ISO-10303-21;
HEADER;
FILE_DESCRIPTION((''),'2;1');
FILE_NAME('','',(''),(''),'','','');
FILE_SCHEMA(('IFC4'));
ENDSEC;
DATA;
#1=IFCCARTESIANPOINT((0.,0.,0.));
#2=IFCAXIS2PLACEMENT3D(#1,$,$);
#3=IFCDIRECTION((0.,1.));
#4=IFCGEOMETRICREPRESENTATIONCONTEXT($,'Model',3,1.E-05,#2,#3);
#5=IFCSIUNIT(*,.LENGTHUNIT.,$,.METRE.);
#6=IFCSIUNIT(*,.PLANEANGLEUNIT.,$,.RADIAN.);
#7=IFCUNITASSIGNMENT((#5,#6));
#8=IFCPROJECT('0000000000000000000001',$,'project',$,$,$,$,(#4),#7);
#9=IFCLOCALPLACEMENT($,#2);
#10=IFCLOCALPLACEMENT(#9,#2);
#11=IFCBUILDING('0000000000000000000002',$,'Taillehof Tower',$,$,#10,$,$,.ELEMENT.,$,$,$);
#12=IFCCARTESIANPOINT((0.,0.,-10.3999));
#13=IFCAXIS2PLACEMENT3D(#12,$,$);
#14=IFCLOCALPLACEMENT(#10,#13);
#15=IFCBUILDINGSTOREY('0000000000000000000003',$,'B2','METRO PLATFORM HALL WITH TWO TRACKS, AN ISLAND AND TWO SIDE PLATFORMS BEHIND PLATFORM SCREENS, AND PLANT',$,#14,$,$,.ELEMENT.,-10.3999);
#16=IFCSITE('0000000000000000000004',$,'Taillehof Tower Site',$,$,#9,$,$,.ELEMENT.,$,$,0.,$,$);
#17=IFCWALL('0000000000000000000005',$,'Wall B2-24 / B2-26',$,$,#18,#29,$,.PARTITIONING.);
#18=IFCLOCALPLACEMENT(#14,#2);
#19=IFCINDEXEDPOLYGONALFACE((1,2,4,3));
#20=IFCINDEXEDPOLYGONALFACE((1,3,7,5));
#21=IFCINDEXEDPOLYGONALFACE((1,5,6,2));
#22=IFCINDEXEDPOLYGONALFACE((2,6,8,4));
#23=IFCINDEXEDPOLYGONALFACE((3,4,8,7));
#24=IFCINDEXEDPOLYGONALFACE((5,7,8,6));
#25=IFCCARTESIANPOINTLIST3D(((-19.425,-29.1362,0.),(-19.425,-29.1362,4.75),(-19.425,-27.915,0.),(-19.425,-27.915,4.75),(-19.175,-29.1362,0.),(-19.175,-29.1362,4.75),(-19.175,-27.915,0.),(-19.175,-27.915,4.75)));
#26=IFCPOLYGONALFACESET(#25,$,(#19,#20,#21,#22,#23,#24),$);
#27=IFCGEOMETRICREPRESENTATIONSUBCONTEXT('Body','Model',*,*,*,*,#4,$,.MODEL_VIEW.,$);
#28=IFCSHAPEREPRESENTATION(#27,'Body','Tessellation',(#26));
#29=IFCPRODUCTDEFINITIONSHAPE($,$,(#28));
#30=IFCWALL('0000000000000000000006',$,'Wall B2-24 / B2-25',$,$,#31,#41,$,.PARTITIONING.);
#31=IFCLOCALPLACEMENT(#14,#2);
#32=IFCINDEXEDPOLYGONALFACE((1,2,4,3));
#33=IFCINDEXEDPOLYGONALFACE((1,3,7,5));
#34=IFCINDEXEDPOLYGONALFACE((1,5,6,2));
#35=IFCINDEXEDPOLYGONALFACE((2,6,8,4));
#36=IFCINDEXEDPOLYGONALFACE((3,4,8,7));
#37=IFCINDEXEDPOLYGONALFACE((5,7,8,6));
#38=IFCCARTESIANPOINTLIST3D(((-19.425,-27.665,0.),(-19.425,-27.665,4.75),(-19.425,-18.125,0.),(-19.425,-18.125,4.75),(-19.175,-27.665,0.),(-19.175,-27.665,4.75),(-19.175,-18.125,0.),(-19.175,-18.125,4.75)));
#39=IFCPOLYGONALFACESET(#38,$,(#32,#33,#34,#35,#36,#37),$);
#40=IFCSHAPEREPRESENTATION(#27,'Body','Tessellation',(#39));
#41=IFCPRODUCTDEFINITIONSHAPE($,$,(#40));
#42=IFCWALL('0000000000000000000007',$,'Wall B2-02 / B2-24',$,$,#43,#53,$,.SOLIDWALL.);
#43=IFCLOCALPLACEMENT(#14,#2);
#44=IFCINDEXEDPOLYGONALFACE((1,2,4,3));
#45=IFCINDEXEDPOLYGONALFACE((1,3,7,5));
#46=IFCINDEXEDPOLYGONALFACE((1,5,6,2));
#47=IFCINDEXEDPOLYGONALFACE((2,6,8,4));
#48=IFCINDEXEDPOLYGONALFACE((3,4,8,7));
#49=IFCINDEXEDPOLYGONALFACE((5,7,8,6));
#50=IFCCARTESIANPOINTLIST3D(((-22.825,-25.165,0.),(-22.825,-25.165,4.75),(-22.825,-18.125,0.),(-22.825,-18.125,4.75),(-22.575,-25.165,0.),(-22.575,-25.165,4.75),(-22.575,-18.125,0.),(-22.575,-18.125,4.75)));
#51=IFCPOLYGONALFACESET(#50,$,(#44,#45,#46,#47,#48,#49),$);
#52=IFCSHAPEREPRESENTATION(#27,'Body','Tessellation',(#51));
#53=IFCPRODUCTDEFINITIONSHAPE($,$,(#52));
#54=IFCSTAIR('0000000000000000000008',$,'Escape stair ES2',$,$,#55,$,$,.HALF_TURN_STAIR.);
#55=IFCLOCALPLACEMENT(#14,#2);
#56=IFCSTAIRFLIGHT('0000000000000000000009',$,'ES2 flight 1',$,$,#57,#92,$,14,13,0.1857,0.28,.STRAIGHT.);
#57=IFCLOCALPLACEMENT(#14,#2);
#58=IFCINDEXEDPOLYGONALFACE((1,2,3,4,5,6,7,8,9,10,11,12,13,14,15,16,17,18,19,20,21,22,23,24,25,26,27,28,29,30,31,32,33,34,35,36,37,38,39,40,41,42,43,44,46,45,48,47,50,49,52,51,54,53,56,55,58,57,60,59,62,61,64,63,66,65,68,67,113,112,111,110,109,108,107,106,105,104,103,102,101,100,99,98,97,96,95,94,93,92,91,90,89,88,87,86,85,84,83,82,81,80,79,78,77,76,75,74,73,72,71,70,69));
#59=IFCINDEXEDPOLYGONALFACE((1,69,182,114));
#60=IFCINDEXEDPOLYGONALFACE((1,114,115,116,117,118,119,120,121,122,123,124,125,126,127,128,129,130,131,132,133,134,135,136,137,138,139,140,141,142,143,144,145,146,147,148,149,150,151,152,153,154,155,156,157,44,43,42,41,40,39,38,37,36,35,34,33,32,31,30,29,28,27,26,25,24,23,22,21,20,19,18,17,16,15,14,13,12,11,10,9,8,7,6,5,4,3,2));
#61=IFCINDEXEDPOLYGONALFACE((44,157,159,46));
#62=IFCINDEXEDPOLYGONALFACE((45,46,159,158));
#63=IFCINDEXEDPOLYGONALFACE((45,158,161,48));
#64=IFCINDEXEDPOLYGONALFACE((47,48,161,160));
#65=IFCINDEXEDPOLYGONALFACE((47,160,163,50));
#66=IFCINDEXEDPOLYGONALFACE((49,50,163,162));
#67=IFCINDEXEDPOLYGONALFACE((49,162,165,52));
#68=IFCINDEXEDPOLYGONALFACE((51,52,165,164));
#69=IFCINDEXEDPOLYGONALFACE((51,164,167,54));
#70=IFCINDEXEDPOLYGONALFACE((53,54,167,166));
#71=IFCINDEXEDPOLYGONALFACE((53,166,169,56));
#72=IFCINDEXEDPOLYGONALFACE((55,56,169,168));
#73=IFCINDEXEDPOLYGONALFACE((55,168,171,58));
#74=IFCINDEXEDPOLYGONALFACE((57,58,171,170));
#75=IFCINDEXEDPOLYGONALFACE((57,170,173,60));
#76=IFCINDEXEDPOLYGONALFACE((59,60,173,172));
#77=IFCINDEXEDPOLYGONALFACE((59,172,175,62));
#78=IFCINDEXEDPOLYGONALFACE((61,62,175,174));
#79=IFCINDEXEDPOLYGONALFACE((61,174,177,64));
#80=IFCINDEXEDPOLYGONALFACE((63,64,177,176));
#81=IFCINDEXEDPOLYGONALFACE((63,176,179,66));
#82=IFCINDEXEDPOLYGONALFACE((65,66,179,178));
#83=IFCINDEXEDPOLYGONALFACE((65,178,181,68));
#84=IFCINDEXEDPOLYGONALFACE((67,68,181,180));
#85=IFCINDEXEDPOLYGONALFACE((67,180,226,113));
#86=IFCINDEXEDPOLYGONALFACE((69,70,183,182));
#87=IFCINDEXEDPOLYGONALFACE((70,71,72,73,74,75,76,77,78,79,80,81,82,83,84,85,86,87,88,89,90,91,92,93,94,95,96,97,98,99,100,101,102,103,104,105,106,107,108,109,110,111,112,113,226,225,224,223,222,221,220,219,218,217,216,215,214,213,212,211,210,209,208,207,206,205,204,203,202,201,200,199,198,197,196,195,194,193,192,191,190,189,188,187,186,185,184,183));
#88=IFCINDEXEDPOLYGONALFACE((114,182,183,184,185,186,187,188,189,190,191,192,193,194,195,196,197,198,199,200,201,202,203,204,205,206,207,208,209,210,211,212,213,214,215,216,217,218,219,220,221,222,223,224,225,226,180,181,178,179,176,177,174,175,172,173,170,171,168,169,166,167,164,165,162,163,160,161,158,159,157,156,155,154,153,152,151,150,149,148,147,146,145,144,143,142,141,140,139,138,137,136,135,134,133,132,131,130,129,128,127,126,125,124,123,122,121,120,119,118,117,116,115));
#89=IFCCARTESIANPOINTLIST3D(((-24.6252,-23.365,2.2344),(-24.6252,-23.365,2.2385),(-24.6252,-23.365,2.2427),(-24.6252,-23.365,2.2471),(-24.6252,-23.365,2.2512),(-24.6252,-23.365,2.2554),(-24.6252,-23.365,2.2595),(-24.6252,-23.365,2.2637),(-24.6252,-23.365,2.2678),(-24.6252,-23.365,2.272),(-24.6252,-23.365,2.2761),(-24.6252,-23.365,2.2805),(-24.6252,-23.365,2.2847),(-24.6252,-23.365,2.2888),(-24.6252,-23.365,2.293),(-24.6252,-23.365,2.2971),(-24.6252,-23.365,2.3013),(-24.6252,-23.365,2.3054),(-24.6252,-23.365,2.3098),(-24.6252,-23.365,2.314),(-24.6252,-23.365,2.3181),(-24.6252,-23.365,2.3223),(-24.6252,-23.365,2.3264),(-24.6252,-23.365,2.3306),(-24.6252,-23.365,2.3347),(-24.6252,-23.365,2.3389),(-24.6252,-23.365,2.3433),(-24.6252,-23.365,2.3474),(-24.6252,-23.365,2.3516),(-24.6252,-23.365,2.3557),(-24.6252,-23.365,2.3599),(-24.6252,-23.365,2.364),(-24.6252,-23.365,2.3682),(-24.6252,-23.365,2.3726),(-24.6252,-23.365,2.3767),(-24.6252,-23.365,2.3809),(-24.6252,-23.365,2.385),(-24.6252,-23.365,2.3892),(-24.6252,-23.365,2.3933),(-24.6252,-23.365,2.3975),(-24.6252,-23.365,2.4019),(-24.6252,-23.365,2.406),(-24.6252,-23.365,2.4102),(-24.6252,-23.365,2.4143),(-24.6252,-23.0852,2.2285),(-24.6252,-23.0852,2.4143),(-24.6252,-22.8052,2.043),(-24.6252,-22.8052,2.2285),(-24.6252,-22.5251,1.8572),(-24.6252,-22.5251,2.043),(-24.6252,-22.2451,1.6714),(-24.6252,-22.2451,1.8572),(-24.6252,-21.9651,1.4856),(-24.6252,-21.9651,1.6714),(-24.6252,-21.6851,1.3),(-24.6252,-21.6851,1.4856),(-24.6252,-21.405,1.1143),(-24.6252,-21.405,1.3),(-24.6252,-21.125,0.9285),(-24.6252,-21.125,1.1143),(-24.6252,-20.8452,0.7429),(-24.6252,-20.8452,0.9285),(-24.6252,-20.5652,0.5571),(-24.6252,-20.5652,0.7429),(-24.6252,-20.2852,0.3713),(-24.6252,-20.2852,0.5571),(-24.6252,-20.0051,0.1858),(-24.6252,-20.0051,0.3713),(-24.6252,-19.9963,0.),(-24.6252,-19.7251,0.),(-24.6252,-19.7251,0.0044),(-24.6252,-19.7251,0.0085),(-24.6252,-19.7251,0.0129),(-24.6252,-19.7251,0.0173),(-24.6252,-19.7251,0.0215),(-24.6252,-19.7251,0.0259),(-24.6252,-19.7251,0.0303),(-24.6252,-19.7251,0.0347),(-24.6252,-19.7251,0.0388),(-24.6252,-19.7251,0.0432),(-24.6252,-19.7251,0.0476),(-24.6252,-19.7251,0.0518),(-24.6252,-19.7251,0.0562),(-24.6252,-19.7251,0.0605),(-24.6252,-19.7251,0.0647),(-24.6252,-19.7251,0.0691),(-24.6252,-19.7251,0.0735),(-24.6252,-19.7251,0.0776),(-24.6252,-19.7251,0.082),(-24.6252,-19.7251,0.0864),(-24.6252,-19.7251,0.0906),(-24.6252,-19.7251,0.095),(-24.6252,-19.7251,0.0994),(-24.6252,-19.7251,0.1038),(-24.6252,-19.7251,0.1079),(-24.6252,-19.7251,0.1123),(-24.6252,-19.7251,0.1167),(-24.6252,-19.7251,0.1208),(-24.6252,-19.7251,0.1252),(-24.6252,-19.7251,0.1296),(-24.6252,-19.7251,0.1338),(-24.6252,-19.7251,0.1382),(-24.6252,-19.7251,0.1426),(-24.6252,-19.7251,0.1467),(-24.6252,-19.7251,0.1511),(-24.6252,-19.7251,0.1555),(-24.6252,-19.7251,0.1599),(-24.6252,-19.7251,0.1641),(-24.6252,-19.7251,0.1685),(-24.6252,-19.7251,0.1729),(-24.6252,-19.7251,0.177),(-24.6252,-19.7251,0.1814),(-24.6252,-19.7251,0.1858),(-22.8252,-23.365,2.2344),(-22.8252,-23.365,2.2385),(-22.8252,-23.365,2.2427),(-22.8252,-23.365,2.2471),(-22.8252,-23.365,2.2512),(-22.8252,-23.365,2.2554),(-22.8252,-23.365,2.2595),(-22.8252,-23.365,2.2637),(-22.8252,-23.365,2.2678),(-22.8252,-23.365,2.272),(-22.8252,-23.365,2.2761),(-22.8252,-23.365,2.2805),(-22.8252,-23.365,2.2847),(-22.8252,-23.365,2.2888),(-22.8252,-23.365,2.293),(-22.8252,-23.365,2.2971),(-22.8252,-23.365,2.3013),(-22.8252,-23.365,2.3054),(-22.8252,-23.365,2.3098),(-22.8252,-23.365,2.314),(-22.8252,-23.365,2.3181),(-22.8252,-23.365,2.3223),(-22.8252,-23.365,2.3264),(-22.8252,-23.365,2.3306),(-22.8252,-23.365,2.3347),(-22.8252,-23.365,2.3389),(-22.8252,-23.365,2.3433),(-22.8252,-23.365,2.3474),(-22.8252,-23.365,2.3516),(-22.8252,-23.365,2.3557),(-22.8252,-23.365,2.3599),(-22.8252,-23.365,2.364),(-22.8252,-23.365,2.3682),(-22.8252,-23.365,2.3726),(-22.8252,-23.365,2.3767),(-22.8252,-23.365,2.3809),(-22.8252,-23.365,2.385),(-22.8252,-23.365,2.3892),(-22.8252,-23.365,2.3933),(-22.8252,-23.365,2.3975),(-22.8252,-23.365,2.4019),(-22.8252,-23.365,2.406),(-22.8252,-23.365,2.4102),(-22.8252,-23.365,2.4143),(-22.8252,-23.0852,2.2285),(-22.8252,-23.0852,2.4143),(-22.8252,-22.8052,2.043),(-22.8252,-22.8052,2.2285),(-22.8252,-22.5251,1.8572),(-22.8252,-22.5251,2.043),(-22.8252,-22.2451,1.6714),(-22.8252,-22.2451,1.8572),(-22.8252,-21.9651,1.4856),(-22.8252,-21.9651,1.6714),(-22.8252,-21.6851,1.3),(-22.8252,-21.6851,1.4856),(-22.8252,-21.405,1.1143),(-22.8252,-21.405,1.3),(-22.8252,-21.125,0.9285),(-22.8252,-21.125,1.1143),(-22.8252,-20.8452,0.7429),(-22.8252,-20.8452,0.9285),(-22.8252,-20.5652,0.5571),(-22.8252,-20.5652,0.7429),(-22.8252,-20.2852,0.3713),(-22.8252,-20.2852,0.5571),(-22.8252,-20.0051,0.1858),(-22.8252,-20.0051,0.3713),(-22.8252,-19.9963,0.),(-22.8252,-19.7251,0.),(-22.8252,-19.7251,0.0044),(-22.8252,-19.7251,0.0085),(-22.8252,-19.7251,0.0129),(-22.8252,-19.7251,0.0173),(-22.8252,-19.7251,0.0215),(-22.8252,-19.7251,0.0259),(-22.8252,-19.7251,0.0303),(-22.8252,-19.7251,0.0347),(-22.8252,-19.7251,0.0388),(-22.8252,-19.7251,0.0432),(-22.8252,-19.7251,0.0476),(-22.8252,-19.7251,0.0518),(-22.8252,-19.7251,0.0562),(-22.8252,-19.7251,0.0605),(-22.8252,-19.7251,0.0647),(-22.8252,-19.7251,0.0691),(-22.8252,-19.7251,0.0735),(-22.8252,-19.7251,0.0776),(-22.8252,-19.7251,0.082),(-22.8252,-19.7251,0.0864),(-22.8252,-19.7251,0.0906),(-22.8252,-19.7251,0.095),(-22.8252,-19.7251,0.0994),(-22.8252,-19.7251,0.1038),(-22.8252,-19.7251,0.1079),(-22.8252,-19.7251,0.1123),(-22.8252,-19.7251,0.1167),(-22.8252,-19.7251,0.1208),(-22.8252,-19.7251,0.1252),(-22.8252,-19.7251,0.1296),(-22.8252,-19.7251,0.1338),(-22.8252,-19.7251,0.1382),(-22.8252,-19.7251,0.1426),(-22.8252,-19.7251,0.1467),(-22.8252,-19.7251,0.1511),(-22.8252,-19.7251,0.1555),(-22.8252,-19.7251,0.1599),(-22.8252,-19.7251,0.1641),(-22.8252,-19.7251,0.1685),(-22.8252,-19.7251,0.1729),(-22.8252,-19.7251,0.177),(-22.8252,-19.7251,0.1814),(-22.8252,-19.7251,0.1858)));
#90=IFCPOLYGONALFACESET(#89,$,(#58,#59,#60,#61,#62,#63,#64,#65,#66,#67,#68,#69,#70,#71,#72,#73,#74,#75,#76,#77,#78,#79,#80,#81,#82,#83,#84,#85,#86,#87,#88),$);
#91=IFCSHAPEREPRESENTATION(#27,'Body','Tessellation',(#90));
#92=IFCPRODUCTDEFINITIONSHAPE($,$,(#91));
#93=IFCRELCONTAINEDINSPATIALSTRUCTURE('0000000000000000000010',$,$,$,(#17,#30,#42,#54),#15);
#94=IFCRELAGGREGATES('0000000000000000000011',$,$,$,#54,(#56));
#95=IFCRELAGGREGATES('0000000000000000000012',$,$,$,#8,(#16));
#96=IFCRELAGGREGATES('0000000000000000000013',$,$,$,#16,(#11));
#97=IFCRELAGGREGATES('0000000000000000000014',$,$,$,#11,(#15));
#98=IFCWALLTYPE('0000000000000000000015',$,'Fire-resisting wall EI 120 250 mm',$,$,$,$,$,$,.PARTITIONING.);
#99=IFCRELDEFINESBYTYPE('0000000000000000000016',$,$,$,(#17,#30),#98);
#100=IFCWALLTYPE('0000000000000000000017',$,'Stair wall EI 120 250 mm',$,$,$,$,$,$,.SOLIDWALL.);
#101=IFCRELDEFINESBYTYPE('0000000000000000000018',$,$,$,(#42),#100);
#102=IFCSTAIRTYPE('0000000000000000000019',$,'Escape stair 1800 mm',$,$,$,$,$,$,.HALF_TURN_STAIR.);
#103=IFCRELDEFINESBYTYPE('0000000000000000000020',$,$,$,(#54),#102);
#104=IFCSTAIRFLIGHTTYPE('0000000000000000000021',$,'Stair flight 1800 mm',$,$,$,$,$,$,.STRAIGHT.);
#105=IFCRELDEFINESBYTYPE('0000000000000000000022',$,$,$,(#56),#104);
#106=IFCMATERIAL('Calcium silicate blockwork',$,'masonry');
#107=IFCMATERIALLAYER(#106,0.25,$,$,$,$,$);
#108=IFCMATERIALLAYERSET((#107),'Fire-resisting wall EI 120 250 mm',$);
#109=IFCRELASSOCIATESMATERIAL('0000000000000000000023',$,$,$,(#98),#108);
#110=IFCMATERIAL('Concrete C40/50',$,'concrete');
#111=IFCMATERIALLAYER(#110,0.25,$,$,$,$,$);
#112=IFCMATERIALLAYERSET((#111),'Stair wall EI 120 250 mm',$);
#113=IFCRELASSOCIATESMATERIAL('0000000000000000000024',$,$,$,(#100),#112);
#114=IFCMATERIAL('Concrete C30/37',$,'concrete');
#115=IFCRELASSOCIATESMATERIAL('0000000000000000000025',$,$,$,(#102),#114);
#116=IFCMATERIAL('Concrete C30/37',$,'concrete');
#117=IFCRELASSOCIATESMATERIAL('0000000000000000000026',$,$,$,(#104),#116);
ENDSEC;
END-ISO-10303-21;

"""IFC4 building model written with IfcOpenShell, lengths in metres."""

from ifc_helpers import new_model, si_unit, direction, frame, frame_2d, origin, place, context, subcontext, project, spatial, polyline, rectangle, outline, extrude, material, layer, layer_set, type_object, element, aggregate, save


model = new_model("IFC4")

# Units and contexts
model_context = context("Model", 3, precision=1e-05, world=origin(), true_north=direction((0.0, 1.0)))
body_context = subcontext(model_context, "Body", "Model", "MODEL_VIEW")
ifc_project = project(units=[si_unit("LENGTHUNIT", "METRE"), si_unit("PLANEANGLEUNIT", "RADIAN")], contexts=[model_context])

# Site, building, storey
site_placement = place(None, origin())
site = spatial("IfcSite", under=ifc_project, at=site_placement, Name="Taillehof Tower Site", CompositionType="ELEMENT", RefElevation=0.0)
building_placement = place(site_placement, origin())
building = spatial("IfcBuilding", under=site, at=building_placement, Name="Taillehof Tower", CompositionType="ELEMENT")
storey_placement = place(building_placement, frame((0.0, 0.0, -10.3999)))
storey = spatial("IfcBuildingStorey", under=building, at=storey_placement, Name="B2", Description="METRO PLATFORM HALL WITH TWO TRACKS, AN ISLAND AND TWO SIDE PLATFORMS BEHIND PLATFORM SCREENS, AND PLANT", CompositionType="ELEMENT", Elevation=-10.3999)

# Shared definitions
ifc_material_1 = material(Name="Calcium silicate blockwork", Category="masonry")
ifc_layer_1 = layer(ifc_material_1, 0.25)
ifc_layer_set_1 = layer_set([ifc_layer_1], Name="Fire-resisting wall EI 120 250 mm")
wall_type_1 = type_object("IfcWallType", Name="Fire-resisting wall EI 120 250 mm", PredefinedType="PARTITIONING", material=ifc_layer_set_1)

# Walls
wall_1_placement = place(storey_placement, frame((-19.3, -29.1362, 0.0), z_axis=(0.0, 0.0, 1.0), x_axis=(0.0, 1.0, 0.0)))
element("IfcWall", 1, at=wall_1_placement, inside=storey, type_object=wall_type_1, Name="Wall B2-24 / B2-26", PredefinedType="PARTITIONING", context=body_context, shape_type="SweptSolid", body=[
    extrude(rectangle(XDim=1.2212, YDim=0.25, at=frame_2d((0.6106, 0.0))), origin(), (0.0, 0.0, 1.0), 4.75),
])
wall_2_placement = place(storey_placement, frame((-19.3, -27.665, 0.0), z_axis=(0.0, 0.0, 1.0), x_axis=(0.0, 1.0, 0.0)))
element("IfcWall", 2, at=wall_2_placement, inside=storey, type_object=wall_type_1, Name="Wall B2-24 / B2-25", PredefinedType="PARTITIONING", context=body_context, shape_type="SweptSolid", body=[
    extrude(rectangle(XDim=9.54, YDim=0.25, at=frame_2d((4.77, 0.0))), origin(), (0.0, 0.0, 1.0), 4.75),
])
ifc_material_2 = material(Name="Concrete C40/50", Category="concrete")
ifc_layer_2 = layer(ifc_material_2, 0.25)
ifc_layer_set_2 = layer_set([ifc_layer_2], Name="Stair wall EI 120 250 mm")
wall_type_2 = type_object("IfcWallType", Name="Stair wall EI 120 250 mm", PredefinedType="SOLIDWALL", material=ifc_layer_set_2)
wall_3_placement = place(storey_placement, frame((-22.7, -25.165, 0.0), z_axis=(0.0, 0.0, 1.0), x_axis=(0.0, 1.0, 0.0)))
element("IfcWall", 3, at=wall_3_placement, inside=storey, type_object=wall_type_2, Name="Wall B2-02 / B2-24", PredefinedType="SOLIDWALL", context=body_context, shape_type="SweptSolid", body=[
    extrude(rectangle(XDim=7.04, YDim=0.25, at=frame_2d((3.52, 0.0))), origin(), (0.0, 0.0, 1.0), 4.75),
])

# Stair, stair flight
ifc_material_3 = material(Name="Concrete C30/37", Category="concrete")
stair_type = type_object("IfcStairType", Name="Escape stair 1800 mm", PredefinedType="HALF_TURN_STAIR", material=ifc_material_3)
stair_placement = place(storey_placement, origin())
stair = element("IfcStair", 4, at=stair_placement, inside=storey, type_object=stair_type, Name="Escape stair ES2", PredefinedType="HALF_TURN_STAIR")
ifc_material_4 = material(Name="Concrete C30/37", Category="concrete")
stair_flight_type = type_object("IfcStairFlightType", Name="Stair flight 1800 mm", PredefinedType="STRAIGHT", material=ifc_material_4)
stair_flight_placement = place(storey_placement, frame((-23.7251, -19.7251, 0.0), z_axis=(0.0, 0.0, 1.0), x_axis=(0.0, -1.0, 0.0)))
stair_flight = element("IfcStairFlight", 5, at=stair_flight_placement, type_object=stair_flight_type, Name="ES2 flight 1", NumberOfRisers=14, NumberOfTreads=13, PredefinedType="STRAIGHT", RiserHeight=0.1857, TreadLength=0.28, context=body_context, shape_type="SweptSolid", body=[
    extrude(outline(polyline([(0.0, 0.0), (0.0, 0.0044), (0.0, 0.0085), (0.0, 0.0129), (0.0, 0.0173), (0.0, 0.0215), (0.0, 0.0259), (0.0, 0.0303), (0.0, 0.0347), (0.0, 0.0388), (0.0, 0.0432), (0.0, 0.0476), (0.0, 0.0518), (0.0, 0.0562), (0.0, 0.0605), (0.0, 0.0647), (0.0, 0.0691), (0.0, 0.0735), (0.0, 0.0776), (0.0, 0.082), (0.0, 0.0864), (0.0, 0.0906), (0.0, 0.095), (0.0, 0.0994), (0.0, 0.1038), (0.0, 0.1079), (0.0, 0.1123), (0.0, 0.1167), (0.0, 0.1208), (0.0, 0.1252), (0.0, 0.1296), (0.0, 0.1338), (0.0, 0.1382), (0.0, 0.1426), (0.0, 0.1467), (0.0, 0.1511), (0.0, 0.1555), (0.0, 0.1599), (0.0, 0.1641), (0.0, 0.1685), (0.0, 0.1729), (0.0, 0.177), (0.0, 0.1814), (0.0, 0.1858), (0.28, 0.1858), (0.28, 0.3713), (0.5601, 0.3713), (0.5601, 0.5571), (0.8401, 0.5571), (0.8401, 0.7429), (1.1201, 0.7429), (1.1201, 0.9285), (1.3999, 0.9285), (1.3999, 1.1143), (1.6799, 1.1143), (1.6799, 1.3), (1.96, 1.3), (1.96, 1.4856), (2.24, 1.4856), (2.24, 1.6714), (2.52, 1.6714), (2.52, 1.8572), (2.8, 1.8572), (2.8, 2.043), (3.0801, 2.043), (3.0801, 2.2285), (3.3601, 2.2285), (3.3601, 2.4143), (3.6399, 2.4143), (3.6399, 2.4102), (3.6399, 2.406), (3.6399, 2.4019), (3.6399, 2.3975), (3.6399, 2.3933), (3.6399, 2.3892), (3.6399, 2.385), (3.6399, 2.3809), (3.6399, 2.3767), (3.6399, 2.3726), (3.6399, 2.3682), (3.6399, 2.364), (3.6399, 2.3599), (3.6399, 2.3557), (3.6399, 2.3516), (3.6399, 2.3474), (3.6399, 2.3433), (3.6399, 2.3389), (3.6399, 2.3347), (3.6399, 2.3306), (3.6399, 2.3264), (3.6399, 2.3223), (3.6399, 2.3181), (3.6399, 2.314), (3.6399, 2.3098), (3.6399, 2.3054), (3.6399, 2.3013), (3.6399, 2.2971), (3.6399, 2.293), (3.6399, 2.2888), (3.6399, 2.2847), (3.6399, 2.2805), (3.6399, 2.2761), (3.6399, 2.272), (3.6399, 2.2678), (3.6399, 2.2637), (3.6399, 2.2595), (3.6399, 2.2554), (3.6399, 2.2512), (3.6399, 2.2471), (3.6399, 2.2427), (3.6399, 2.2385), (3.6399, 2.2344), (0.2712, 0.0), (0.0, 0.0)])), frame((0.0, 0.8999, 0.0), z_axis=(0.0, -1.0, 0.0), x_axis=(1.0, 0.0, 0.0)), (0.0, 0.0, 1.0), 1.8),
])
aggregate(stair, [stair_flight])

save(model, "model.ifc")
